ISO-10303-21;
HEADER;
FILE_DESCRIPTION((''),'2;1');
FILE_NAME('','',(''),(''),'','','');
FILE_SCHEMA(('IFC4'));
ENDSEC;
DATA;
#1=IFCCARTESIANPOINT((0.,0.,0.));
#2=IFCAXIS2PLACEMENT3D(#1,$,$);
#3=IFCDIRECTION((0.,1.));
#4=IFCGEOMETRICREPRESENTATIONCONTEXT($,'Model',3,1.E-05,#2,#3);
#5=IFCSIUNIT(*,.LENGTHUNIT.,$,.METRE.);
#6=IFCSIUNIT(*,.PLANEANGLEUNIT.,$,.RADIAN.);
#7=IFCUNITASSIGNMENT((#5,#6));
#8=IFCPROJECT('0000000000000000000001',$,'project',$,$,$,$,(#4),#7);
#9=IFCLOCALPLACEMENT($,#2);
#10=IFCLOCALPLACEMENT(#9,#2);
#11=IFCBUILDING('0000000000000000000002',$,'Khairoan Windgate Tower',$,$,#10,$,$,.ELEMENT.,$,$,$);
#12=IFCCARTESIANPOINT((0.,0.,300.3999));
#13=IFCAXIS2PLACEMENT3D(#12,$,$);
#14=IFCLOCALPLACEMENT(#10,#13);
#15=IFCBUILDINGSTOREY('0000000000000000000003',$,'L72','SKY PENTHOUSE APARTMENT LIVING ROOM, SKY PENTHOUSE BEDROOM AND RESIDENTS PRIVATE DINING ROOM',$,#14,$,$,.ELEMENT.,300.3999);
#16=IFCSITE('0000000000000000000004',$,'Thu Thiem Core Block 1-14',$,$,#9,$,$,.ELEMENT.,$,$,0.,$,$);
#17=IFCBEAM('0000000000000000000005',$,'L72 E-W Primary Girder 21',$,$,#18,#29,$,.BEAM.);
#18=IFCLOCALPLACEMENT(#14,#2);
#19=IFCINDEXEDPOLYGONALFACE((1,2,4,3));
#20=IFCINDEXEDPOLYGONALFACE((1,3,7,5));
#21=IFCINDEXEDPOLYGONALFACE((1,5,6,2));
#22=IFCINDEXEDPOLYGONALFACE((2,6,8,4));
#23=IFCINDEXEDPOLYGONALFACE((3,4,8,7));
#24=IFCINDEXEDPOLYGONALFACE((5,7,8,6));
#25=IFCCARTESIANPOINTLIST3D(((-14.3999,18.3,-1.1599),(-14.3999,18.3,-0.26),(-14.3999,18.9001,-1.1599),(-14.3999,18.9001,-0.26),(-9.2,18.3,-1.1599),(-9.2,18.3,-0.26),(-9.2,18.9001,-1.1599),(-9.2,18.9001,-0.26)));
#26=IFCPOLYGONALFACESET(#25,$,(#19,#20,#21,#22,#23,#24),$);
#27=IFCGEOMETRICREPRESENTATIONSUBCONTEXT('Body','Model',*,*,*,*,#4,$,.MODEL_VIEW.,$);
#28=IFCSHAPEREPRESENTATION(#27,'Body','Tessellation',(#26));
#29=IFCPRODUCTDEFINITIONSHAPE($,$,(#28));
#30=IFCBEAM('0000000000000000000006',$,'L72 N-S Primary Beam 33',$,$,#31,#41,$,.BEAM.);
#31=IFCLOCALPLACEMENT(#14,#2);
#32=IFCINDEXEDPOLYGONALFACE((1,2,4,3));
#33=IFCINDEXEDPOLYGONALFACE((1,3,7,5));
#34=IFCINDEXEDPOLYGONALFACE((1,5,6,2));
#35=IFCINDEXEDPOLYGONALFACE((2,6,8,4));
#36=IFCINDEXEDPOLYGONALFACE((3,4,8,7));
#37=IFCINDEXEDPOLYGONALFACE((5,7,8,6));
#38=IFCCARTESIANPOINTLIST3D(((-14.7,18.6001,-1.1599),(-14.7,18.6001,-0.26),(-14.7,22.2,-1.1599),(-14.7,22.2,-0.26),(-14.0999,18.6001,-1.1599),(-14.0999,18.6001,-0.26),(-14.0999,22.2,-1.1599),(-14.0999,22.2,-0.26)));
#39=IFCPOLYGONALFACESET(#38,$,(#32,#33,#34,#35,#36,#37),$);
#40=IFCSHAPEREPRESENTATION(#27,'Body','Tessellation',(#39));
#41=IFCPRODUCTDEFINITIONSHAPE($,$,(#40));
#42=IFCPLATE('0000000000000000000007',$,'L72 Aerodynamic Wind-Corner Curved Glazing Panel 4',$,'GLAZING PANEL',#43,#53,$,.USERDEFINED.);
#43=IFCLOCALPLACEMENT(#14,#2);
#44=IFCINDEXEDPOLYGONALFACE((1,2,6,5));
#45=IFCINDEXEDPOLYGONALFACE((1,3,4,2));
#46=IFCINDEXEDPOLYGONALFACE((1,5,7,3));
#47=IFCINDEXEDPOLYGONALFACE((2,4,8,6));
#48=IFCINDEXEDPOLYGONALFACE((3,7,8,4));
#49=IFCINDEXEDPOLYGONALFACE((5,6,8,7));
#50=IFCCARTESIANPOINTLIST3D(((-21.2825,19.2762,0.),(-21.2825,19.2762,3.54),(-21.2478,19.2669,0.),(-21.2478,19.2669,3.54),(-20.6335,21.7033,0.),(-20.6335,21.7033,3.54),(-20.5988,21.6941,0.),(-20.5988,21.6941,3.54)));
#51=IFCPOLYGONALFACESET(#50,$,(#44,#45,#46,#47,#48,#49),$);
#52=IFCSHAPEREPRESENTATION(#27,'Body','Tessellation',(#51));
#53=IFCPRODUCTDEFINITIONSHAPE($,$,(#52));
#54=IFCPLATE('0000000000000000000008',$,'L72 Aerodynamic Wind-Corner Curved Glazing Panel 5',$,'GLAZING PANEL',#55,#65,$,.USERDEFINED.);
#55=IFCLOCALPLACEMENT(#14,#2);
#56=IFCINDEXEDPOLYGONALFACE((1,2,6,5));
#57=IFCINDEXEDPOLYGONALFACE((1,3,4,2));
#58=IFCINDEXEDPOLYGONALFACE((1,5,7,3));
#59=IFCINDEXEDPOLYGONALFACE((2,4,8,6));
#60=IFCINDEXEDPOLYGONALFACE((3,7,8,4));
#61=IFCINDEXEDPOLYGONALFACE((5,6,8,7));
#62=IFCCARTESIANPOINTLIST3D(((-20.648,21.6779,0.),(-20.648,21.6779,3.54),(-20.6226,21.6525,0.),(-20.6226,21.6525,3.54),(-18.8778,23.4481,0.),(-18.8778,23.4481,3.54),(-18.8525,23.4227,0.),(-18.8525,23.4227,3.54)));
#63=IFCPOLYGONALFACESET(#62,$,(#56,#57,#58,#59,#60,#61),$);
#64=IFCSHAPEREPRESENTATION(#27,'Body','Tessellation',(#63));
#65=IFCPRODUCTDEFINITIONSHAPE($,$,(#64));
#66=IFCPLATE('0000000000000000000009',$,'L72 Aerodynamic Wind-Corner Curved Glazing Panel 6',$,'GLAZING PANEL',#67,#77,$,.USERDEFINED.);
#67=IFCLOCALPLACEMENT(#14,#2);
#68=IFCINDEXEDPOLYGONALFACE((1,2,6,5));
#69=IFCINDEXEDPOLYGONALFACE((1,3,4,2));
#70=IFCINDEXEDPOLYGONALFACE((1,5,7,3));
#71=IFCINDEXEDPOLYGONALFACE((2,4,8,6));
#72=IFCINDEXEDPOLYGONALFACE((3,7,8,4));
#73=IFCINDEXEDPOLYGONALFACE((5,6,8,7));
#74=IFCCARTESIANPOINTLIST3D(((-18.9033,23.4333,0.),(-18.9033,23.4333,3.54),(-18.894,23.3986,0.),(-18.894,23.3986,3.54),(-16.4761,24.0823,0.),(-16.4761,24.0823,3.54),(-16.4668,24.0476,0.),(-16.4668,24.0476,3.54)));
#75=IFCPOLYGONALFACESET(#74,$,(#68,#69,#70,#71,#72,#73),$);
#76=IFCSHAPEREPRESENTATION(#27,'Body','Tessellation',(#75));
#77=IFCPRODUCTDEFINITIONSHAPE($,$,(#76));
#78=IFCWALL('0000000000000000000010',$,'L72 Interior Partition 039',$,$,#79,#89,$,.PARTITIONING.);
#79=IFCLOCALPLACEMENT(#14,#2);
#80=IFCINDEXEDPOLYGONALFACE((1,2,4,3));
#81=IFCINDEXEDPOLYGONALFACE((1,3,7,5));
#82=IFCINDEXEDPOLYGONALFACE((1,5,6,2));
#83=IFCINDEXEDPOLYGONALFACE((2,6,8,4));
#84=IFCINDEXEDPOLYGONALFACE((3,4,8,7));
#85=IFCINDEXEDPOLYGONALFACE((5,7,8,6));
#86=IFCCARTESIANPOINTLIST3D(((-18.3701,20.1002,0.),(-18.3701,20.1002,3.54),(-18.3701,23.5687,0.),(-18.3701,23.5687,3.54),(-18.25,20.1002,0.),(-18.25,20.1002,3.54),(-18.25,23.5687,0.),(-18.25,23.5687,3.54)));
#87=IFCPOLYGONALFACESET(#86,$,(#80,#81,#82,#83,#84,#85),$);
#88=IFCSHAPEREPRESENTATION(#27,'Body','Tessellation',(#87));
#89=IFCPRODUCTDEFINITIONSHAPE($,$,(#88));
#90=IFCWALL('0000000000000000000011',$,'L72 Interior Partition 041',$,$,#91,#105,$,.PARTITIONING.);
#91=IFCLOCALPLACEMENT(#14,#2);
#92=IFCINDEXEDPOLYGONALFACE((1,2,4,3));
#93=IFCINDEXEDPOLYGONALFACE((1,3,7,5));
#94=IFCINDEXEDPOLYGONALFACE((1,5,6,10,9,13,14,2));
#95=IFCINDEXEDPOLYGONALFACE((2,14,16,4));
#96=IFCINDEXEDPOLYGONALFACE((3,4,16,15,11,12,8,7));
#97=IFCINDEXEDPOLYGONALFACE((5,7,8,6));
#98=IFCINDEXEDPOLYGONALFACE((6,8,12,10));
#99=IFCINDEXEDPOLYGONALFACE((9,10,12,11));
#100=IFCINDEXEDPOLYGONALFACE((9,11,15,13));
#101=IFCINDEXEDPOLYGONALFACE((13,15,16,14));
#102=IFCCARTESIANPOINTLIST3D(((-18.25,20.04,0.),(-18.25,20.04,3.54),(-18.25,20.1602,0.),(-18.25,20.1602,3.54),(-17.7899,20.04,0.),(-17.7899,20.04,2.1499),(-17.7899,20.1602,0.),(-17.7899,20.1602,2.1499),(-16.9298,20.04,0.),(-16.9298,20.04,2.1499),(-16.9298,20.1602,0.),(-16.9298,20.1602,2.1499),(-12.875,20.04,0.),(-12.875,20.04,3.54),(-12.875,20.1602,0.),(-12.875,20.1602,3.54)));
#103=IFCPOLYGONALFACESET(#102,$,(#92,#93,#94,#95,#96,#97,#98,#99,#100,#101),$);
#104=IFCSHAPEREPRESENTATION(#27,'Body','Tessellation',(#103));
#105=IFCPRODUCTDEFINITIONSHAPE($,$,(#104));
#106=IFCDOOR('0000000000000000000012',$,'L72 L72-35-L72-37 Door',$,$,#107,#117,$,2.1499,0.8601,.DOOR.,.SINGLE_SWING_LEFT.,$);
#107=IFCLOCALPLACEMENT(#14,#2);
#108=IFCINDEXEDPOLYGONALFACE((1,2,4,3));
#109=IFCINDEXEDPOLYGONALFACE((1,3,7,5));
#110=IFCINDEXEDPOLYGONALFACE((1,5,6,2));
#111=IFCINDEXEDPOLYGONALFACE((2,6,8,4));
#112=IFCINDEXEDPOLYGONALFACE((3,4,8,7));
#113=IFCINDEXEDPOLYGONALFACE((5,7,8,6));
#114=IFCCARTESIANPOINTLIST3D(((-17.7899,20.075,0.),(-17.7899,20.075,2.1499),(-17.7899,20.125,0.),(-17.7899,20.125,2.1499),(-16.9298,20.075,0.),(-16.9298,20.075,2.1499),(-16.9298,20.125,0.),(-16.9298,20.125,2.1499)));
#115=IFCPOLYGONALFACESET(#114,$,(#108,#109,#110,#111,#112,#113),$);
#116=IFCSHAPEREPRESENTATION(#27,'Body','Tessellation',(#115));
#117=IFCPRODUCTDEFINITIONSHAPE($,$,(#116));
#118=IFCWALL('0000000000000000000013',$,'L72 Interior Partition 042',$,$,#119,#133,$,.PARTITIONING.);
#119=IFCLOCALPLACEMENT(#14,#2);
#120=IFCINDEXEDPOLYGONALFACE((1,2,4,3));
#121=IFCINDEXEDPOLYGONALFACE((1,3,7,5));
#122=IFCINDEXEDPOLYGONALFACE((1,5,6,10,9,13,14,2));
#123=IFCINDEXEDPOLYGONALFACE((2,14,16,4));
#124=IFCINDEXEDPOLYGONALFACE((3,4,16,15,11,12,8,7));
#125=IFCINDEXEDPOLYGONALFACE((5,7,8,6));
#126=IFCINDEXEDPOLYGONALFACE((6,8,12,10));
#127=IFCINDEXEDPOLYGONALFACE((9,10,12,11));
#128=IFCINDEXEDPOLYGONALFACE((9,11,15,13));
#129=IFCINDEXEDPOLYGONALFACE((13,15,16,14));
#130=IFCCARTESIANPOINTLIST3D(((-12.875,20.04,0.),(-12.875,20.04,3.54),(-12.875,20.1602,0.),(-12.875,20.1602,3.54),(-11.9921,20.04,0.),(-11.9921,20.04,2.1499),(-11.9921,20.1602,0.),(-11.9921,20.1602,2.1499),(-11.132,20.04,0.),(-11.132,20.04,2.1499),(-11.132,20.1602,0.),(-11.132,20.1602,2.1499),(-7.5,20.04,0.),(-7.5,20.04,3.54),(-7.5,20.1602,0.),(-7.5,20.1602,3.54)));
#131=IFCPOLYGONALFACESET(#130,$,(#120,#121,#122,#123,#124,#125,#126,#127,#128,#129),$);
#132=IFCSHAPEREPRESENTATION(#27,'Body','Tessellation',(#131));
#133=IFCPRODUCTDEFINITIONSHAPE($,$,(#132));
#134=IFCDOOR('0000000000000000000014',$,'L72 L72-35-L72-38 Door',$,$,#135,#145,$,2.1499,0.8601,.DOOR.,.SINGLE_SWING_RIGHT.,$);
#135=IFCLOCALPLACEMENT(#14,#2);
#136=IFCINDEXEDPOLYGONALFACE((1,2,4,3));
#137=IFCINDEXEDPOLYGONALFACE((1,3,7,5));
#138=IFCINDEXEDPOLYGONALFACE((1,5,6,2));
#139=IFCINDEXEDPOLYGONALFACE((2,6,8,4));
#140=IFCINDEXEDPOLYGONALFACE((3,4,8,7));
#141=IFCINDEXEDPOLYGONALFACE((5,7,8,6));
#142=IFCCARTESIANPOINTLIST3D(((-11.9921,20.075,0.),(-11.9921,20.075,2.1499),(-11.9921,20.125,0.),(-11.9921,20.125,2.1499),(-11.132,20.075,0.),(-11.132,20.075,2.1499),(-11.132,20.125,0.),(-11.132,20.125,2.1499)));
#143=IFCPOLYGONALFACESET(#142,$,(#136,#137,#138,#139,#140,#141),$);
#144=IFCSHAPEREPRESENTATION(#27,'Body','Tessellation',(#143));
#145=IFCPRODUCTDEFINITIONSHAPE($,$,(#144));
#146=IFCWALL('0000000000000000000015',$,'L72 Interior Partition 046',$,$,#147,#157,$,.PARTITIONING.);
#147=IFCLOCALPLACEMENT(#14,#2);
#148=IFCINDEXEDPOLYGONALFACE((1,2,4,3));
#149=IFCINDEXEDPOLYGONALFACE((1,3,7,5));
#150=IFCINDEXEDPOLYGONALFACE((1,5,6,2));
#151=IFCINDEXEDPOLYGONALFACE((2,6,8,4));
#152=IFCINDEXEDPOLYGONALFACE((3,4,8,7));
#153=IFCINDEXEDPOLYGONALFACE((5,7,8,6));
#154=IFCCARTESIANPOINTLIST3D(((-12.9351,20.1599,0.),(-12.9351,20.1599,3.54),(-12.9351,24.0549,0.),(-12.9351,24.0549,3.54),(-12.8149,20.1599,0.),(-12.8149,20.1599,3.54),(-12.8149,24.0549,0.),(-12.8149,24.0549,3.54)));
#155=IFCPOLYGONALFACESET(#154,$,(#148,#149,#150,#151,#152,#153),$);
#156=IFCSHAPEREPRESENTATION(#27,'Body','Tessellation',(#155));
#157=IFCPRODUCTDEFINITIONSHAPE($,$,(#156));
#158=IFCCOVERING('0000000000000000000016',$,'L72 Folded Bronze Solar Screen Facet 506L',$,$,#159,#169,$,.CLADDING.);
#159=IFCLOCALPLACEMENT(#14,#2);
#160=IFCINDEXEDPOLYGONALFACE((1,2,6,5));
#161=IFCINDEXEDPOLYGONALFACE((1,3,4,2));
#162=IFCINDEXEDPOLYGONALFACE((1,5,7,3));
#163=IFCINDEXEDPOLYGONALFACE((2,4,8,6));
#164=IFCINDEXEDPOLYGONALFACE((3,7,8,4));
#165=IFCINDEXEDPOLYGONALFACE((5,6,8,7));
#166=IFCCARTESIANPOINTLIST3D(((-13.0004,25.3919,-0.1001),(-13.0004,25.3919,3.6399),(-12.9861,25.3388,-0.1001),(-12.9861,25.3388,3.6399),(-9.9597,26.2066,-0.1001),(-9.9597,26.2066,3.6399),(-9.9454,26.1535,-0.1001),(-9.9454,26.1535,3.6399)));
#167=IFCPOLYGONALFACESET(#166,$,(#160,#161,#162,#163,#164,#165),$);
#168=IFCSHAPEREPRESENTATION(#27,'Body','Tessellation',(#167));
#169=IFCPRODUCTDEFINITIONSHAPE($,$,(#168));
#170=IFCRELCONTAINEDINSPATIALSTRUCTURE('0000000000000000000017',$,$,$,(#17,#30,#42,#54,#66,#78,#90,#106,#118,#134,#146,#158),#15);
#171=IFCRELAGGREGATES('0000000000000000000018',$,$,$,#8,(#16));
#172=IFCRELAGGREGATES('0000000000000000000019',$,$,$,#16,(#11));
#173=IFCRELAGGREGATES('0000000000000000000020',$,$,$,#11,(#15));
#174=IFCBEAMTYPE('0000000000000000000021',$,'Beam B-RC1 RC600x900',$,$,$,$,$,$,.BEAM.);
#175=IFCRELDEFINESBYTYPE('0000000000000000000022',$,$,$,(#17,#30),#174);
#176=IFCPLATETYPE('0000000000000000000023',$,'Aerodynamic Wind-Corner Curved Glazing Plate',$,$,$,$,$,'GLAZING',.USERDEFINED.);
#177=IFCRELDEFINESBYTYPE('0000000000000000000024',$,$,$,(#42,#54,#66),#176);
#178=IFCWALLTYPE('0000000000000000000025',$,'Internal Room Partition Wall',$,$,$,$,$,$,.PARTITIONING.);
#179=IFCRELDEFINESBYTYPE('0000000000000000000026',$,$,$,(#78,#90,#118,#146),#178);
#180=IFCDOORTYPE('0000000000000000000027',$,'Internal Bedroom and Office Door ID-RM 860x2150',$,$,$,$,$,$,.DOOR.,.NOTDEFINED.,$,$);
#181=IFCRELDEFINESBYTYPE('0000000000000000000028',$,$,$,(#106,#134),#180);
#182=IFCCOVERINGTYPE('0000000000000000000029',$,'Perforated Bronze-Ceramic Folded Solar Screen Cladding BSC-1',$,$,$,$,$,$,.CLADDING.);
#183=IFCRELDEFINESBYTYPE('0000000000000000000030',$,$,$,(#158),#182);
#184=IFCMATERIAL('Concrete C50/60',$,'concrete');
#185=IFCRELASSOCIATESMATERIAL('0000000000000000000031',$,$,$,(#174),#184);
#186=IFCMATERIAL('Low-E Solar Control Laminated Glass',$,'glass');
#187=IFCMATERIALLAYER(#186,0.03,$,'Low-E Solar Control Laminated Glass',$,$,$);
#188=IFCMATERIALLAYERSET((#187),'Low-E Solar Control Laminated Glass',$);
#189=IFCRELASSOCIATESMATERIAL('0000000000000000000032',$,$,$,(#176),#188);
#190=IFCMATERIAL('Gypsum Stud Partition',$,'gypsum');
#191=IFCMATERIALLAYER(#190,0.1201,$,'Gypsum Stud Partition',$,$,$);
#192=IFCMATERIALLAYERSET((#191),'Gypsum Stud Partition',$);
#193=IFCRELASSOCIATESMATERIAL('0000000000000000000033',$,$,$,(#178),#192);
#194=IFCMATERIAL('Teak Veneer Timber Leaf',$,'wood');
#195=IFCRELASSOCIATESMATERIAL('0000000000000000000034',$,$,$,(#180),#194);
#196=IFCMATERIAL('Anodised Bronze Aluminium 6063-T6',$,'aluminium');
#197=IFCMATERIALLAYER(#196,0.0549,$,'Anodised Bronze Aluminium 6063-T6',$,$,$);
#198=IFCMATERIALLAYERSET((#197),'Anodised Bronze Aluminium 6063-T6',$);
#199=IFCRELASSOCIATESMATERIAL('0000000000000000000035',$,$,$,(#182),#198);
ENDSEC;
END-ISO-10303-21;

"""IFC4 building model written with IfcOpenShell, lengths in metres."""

from ifc_helpers import new_model, si_unit, direction, frame, frame_2d, origin, origin_2d, place, context, subcontext, project, spatial, rectangle, extrude, material, layer, layer_set, material_profile, profile_set, type_object, element, fill, save


model = new_model("IFC4")

# Units and contexts
model_context = context("Model", 3, precision=1e-05, world=origin(), true_north=direction((0.0, 1.0)))
body_context = subcontext(model_context, "Body", "Model", "MODEL_VIEW")
ifc_project = project(units=[si_unit("LENGTHUNIT", "METRE"), si_unit("PLANEANGLEUNIT", "RADIAN")], contexts=[model_context])

# Site, building, storey
site_placement = place(None, origin())
site = spatial("IfcSite", under=ifc_project, at=site_placement, Name="Thu Thiem Core Block 1-14", CompositionType="ELEMENT", RefElevation=0.0)
building_placement = place(site_placement, origin())
building = spatial("IfcBuilding", under=site, at=building_placement, Name="Khairoan Windgate Tower", CompositionType="ELEMENT")
storey_placement = place(building_placement, frame((0.0, 0.0, 300.3999)))
storey = spatial("IfcBuildingStorey", under=building, at=storey_placement, Name="L72", Description="SKY PENTHOUSE APARTMENT LIVING ROOM, SKY PENTHOUSE BEDROOM AND RESIDENTS PRIVATE DINING ROOM", CompositionType="ELEMENT", Elevation=300.3999)

# Beams
ifc_material_1 = material(Name="Concrete C50/60", Category="concrete")
ifc_material_profile_1 = material_profile(ifc_material_1, rectangle(XDim=0.6001, YDim=0.8999, at=origin_2d()))
ifc_profile_set_1 = profile_set([ifc_material_profile_1], Name="Concrete C50/60")
beam_type = type_object("IfcBeamType", Name="Beam B-RC1 RC600x900", PredefinedType="BEAM", material=ifc_profile_set_1)
beam_1_placement = place(storey_placement, frame((-14.3999, 18.6001, -0.71), z_axis=(1.0, 0.0, 0.0), x_axis=(0.0, 1.0, 0.0)))
element("IfcBeam", 1, at=beam_1_placement, inside=storey, type_object=beam_type, Name="L72 E-W Primary Girder 21", PredefinedType="BEAM", context=body_context, shape_type="SweptSolid", body=[
    extrude(rectangle(XDim=0.6001, YDim=0.8999, at=origin_2d()), origin(), (0.0, 0.0, 1.0), 5.2),
])
beam_2_placement = place(storey_placement, frame((-14.3999, 18.6001, -0.71), z_axis=(0.0, 1.0, 0.0), x_axis=(-1.0, 0.0, 0.0)))
element("IfcBeam", 2, at=beam_2_placement, inside=storey, type_object=beam_type, Name="L72 N-S Primary Beam 33", PredefinedType="BEAM", context=body_context, shape_type="SweptSolid", body=[
    extrude(rectangle(XDim=0.6001, YDim=0.8999, at=origin_2d()), origin(), (0.0, 0.0, 1.0), 3.5999),
])

# Plates
ifc_material_2 = material(Name="Low-E Solar Control Laminated Glass", Category="glass")
ifc_layer_1 = layer(ifc_material_2, 0.03, Name="Low-E Solar Control Laminated Glass")
ifc_layer_set_1 = layer_set([ifc_layer_1], Name="Low-E Solar Control Laminated Glass")
plate_type_1 = type_object("IfcPlateType", Name="Aerodynamic Wind-Corner Curved Glazing Plate", ElementType="GLAZING", PredefinedType="USERDEFINED", material=ifc_layer_set_1)
plate_1_placement = place(storey_placement, frame((-20.9407, 20.4851, 0.0), z_axis=(0.0, 0.0, 1.0), x_axis=(0.258313, 0.966061, 0.0)))
element("IfcPlate", 3, at=plate_1_placement, inside=storey, type_object=plate_type_1, Name="L72 Aerodynamic Wind-Corner Curved Glazing Panel 4", ObjectType="GLAZING PANEL", PredefinedType="USERDEFINED", context=body_context, shape_type="SweptSolid", body=[
    extrude(rectangle(XDim=2.5125, YDim=0.0359, at=origin_2d()), origin(), (0.0, 0.0, 1.0), 3.54),
])
plate_2_placement = place(storey_placement, frame((-19.7502, 22.5503, 0.0), z_axis=(0.0, 0.0, 1.0), x_axis=(0.707107, 0.707107, 0.0)))
element("IfcPlate", 4, at=plate_2_placement, inside=storey, type_object=plate_type_1, Name="L72 Aerodynamic Wind-Corner Curved Glazing Panel 5", ObjectType="GLAZING PANEL", PredefinedType="USERDEFINED", context=body_context, shape_type="SweptSolid", body=[
    extrude(rectangle(XDim=2.5034, YDim=0.0359, at=origin_2d()), origin(), (0.0, 0.0, 1.0), 3.54),
])
plate_3_placement = place(storey_placement, frame((-17.6851, 23.7405, 0.0), z_axis=(0.0, 0.0, 1.0), x_axis=(0.966061, 0.258313, 0.0)))
element("IfcPlate", 5, at=plate_3_placement, inside=storey, type_object=plate_type_1, Name="L72 Aerodynamic Wind-Corner Curved Glazing Panel 6", ObjectType="GLAZING PANEL", PredefinedType="USERDEFINED", context=body_context, shape_type="SweptSolid", body=[
    extrude(rectangle(XDim=2.5125, YDim=0.0359, at=origin_2d()), origin(), (0.0, 0.0, 1.0), 3.54),
])

# Shared definitions
ifc_material_3 = material(Name="Gypsum Stud Partition", Category="gypsum")
ifc_layer_2 = layer(ifc_material_3, 0.1201, Name="Gypsum Stud Partition")
ifc_layer_set_2 = layer_set([ifc_layer_2], Name="Gypsum Stud Partition")
wall_type = type_object("IfcWallType", Name="Internal Room Partition Wall", PredefinedType="PARTITIONING", material=ifc_layer_set_2)
ifc_material_4 = material(Name="Teak Veneer Timber Leaf", Category="wood")
door_type = type_object("IfcDoorType", Name="Internal Bedroom and Office Door ID-RM 860x2150", OperationType="NOTDEFINED", PredefinedType="DOOR", material=ifc_material_4)

# Wall
wall_1_placement = place(storey_placement, frame((-18.3101, 20.1001, 0.0), z_axis=(0.0, 0.0, 1.0), x_axis=(0.0, 1.0, 0.0)))
element("IfcWall", 6, at=wall_1_placement, inside=storey, type_object=wall_type, Name="L72 Interior Partition 039", PredefinedType="PARTITIONING", context=body_context, shape_type="SweptSolid", body=[
    extrude(rectangle(XDim=3.4685, YDim=0.1201, at=frame_2d((1.7344, 0.0))), origin(), (0.0, 0.0, 1.0), 3.54),
])

# Walls, openings, doors
wall_2_placement = place(storey_placement, frame((-18.25, 20.1001, 0.0), z_axis=(0.0, 0.0, 1.0), x_axis=(1.0, 0.0, 0.0)))
wall_2 = element("IfcWall", 7, at=wall_2_placement, inside=storey, type_object=wall_type, Name="L72 Interior Partition 041", PredefinedType="PARTITIONING", context=body_context, shape_type="SweptSolid", body=[
    extrude(rectangle(XDim=5.375, YDim=0.1201, at=frame_2d((2.6875, 0.0))), origin(), (0.0, 0.0, 1.0), 3.54),
])
opening_1_placement = place(wall_2_placement, frame((0.46, 0.0, 0.0)))
opening_1 = element("IfcOpeningElement", 8, at=opening_1_placement, cuts=wall_2, PredefinedType="OPENING", context=body_context, shape_type="SweptSolid", body=[
    extrude(rectangle(XDim=0.8601, YDim=2.1499, at=frame_2d((0.4302, 1.075))), frame((0.0, 0.0701, 0.0), z_axis=(0.0, -1.0, 0.0), x_axis=(1.0, 0.0, 0.0)), (0.0, 0.0, 1.0), 0.1401),
])
door_1_placement = place(opening_1_placement, origin())
door_1 = element("IfcDoor", 9, at=door_1_placement, inside=storey, type_object=door_type, Name="L72 L72-35-L72-37 Door", OperationType="SINGLE_SWING_LEFT", OverallHeight=2.1499, OverallWidth=0.8601, PredefinedType="DOOR", context=body_context, shape_type="SweptSolid", body=[
    extrude(rectangle(XDim=0.8601, YDim=2.1499, at=frame_2d((0.4302, 1.075))), frame((0.0, 0.0249, 0.0), z_axis=(0.0, -1.0, 0.0), x_axis=(1.0, 0.0, 0.0)), (0.0, 0.0, 1.0), 0.05),
])
fill(opening_1, door_1)
wall_3_placement = place(storey_placement, frame((-12.875, 20.1001, 0.0), z_axis=(0.0, 0.0, 1.0), x_axis=(1.0, 0.0, 0.0)))
wall_3 = element("IfcWall", 10, at=wall_3_placement, inside=storey, type_object=wall_type, Name="L72 Interior Partition 042", PredefinedType="PARTITIONING", context=body_context, shape_type="SweptSolid", body=[
    extrude(rectangle(XDim=5.375, YDim=0.1201, at=frame_2d((2.6875, 0.0))), origin(), (0.0, 0.0, 1.0), 3.54),
])
opening_2_placement = place(wall_3_placement, frame((0.8828, 0.0, 0.0)))
opening_2 = element("IfcOpeningElement", 11, at=opening_2_placement, cuts=wall_3, PredefinedType="OPENING", context=body_context, shape_type="SweptSolid", body=[
    extrude(rectangle(XDim=0.8601, YDim=2.1499, at=frame_2d((0.4302, 1.075))), frame((0.0, 0.0701, 0.0), z_axis=(0.0, -1.0, 0.0), x_axis=(1.0, 0.0, 0.0)), (0.0, 0.0, 1.0), 0.1401),
])
door_2_placement = place(opening_2_placement, origin())
door_2 = element("IfcDoor", 12, at=door_2_placement, inside=storey, type_object=door_type, Name="L72 L72-35-L72-38 Door", OperationType="SINGLE_SWING_RIGHT", OverallHeight=2.1499, OverallWidth=0.8601, PredefinedType="DOOR", context=body_context, shape_type="SweptSolid", body=[
    extrude(rectangle(XDim=0.8601, YDim=2.1499, at=frame_2d((0.4302, 1.075))), frame((0.0, 0.0249, 0.0), z_axis=(0.0, -1.0, 0.0), x_axis=(1.0, 0.0, 0.0)), (0.0, 0.0, 1.0), 0.05),
])
fill(opening_2, door_2)

# Wall
wall_4_placement = place(storey_placement, frame((-12.875, 20.1599, 0.0), z_axis=(0.0, 0.0, 1.0), x_axis=(0.0, 1.0, 0.0)))
element("IfcWall", 13, at=wall_4_placement, inside=storey, type_object=wall_type, Name="L72 Interior Partition 046", PredefinedType="PARTITIONING", context=body_context, shape_type="SweptSolid", body=[
    extrude(rectangle(XDim=3.895, YDim=0.1201, at=frame_2d((1.9475, 0.0))), origin(), (0.0, 0.0, 1.0), 3.54),
])

# Covering
ifc_material_5 = material(Name="Anodised Bronze Aluminium 6063-T6", Category="aluminium")
ifc_layer_3 = layer(ifc_material_5, 0.0549, Name="Anodised Bronze Aluminium 6063-T6")
ifc_layer_set_3 = layer_set([ifc_layer_3], Name="Anodised Bronze Aluminium 6063-T6")
covering_type = type_object("IfcCoveringType", Name="Perforated Bronze-Ceramic Folded Solar Screen Cladding BSC-1", PredefinedType="CLADDING", material=ifc_layer_set_3)
covering_placement = place(storey_placement, frame((-11.4729, 25.7727, -0.1001), z_axis=(0.0, 0.0, 1.0), x_axis=(0.965926, 0.258819, 0.0)))
element("IfcCovering", 14, at=covering_placement, inside=storey, type_object=covering_type, Name="L72 Folded Bronze Solar Screen Facet 506L", PredefinedType="CLADDING", context=body_context, shape_type="SweptSolid", body=[
    extrude(rectangle(XDim=3.1479, YDim=0.0549, at=origin_2d()), origin(), (0.0, 0.0, 1.0), 3.74),
])

save(model, "model.ifc")
